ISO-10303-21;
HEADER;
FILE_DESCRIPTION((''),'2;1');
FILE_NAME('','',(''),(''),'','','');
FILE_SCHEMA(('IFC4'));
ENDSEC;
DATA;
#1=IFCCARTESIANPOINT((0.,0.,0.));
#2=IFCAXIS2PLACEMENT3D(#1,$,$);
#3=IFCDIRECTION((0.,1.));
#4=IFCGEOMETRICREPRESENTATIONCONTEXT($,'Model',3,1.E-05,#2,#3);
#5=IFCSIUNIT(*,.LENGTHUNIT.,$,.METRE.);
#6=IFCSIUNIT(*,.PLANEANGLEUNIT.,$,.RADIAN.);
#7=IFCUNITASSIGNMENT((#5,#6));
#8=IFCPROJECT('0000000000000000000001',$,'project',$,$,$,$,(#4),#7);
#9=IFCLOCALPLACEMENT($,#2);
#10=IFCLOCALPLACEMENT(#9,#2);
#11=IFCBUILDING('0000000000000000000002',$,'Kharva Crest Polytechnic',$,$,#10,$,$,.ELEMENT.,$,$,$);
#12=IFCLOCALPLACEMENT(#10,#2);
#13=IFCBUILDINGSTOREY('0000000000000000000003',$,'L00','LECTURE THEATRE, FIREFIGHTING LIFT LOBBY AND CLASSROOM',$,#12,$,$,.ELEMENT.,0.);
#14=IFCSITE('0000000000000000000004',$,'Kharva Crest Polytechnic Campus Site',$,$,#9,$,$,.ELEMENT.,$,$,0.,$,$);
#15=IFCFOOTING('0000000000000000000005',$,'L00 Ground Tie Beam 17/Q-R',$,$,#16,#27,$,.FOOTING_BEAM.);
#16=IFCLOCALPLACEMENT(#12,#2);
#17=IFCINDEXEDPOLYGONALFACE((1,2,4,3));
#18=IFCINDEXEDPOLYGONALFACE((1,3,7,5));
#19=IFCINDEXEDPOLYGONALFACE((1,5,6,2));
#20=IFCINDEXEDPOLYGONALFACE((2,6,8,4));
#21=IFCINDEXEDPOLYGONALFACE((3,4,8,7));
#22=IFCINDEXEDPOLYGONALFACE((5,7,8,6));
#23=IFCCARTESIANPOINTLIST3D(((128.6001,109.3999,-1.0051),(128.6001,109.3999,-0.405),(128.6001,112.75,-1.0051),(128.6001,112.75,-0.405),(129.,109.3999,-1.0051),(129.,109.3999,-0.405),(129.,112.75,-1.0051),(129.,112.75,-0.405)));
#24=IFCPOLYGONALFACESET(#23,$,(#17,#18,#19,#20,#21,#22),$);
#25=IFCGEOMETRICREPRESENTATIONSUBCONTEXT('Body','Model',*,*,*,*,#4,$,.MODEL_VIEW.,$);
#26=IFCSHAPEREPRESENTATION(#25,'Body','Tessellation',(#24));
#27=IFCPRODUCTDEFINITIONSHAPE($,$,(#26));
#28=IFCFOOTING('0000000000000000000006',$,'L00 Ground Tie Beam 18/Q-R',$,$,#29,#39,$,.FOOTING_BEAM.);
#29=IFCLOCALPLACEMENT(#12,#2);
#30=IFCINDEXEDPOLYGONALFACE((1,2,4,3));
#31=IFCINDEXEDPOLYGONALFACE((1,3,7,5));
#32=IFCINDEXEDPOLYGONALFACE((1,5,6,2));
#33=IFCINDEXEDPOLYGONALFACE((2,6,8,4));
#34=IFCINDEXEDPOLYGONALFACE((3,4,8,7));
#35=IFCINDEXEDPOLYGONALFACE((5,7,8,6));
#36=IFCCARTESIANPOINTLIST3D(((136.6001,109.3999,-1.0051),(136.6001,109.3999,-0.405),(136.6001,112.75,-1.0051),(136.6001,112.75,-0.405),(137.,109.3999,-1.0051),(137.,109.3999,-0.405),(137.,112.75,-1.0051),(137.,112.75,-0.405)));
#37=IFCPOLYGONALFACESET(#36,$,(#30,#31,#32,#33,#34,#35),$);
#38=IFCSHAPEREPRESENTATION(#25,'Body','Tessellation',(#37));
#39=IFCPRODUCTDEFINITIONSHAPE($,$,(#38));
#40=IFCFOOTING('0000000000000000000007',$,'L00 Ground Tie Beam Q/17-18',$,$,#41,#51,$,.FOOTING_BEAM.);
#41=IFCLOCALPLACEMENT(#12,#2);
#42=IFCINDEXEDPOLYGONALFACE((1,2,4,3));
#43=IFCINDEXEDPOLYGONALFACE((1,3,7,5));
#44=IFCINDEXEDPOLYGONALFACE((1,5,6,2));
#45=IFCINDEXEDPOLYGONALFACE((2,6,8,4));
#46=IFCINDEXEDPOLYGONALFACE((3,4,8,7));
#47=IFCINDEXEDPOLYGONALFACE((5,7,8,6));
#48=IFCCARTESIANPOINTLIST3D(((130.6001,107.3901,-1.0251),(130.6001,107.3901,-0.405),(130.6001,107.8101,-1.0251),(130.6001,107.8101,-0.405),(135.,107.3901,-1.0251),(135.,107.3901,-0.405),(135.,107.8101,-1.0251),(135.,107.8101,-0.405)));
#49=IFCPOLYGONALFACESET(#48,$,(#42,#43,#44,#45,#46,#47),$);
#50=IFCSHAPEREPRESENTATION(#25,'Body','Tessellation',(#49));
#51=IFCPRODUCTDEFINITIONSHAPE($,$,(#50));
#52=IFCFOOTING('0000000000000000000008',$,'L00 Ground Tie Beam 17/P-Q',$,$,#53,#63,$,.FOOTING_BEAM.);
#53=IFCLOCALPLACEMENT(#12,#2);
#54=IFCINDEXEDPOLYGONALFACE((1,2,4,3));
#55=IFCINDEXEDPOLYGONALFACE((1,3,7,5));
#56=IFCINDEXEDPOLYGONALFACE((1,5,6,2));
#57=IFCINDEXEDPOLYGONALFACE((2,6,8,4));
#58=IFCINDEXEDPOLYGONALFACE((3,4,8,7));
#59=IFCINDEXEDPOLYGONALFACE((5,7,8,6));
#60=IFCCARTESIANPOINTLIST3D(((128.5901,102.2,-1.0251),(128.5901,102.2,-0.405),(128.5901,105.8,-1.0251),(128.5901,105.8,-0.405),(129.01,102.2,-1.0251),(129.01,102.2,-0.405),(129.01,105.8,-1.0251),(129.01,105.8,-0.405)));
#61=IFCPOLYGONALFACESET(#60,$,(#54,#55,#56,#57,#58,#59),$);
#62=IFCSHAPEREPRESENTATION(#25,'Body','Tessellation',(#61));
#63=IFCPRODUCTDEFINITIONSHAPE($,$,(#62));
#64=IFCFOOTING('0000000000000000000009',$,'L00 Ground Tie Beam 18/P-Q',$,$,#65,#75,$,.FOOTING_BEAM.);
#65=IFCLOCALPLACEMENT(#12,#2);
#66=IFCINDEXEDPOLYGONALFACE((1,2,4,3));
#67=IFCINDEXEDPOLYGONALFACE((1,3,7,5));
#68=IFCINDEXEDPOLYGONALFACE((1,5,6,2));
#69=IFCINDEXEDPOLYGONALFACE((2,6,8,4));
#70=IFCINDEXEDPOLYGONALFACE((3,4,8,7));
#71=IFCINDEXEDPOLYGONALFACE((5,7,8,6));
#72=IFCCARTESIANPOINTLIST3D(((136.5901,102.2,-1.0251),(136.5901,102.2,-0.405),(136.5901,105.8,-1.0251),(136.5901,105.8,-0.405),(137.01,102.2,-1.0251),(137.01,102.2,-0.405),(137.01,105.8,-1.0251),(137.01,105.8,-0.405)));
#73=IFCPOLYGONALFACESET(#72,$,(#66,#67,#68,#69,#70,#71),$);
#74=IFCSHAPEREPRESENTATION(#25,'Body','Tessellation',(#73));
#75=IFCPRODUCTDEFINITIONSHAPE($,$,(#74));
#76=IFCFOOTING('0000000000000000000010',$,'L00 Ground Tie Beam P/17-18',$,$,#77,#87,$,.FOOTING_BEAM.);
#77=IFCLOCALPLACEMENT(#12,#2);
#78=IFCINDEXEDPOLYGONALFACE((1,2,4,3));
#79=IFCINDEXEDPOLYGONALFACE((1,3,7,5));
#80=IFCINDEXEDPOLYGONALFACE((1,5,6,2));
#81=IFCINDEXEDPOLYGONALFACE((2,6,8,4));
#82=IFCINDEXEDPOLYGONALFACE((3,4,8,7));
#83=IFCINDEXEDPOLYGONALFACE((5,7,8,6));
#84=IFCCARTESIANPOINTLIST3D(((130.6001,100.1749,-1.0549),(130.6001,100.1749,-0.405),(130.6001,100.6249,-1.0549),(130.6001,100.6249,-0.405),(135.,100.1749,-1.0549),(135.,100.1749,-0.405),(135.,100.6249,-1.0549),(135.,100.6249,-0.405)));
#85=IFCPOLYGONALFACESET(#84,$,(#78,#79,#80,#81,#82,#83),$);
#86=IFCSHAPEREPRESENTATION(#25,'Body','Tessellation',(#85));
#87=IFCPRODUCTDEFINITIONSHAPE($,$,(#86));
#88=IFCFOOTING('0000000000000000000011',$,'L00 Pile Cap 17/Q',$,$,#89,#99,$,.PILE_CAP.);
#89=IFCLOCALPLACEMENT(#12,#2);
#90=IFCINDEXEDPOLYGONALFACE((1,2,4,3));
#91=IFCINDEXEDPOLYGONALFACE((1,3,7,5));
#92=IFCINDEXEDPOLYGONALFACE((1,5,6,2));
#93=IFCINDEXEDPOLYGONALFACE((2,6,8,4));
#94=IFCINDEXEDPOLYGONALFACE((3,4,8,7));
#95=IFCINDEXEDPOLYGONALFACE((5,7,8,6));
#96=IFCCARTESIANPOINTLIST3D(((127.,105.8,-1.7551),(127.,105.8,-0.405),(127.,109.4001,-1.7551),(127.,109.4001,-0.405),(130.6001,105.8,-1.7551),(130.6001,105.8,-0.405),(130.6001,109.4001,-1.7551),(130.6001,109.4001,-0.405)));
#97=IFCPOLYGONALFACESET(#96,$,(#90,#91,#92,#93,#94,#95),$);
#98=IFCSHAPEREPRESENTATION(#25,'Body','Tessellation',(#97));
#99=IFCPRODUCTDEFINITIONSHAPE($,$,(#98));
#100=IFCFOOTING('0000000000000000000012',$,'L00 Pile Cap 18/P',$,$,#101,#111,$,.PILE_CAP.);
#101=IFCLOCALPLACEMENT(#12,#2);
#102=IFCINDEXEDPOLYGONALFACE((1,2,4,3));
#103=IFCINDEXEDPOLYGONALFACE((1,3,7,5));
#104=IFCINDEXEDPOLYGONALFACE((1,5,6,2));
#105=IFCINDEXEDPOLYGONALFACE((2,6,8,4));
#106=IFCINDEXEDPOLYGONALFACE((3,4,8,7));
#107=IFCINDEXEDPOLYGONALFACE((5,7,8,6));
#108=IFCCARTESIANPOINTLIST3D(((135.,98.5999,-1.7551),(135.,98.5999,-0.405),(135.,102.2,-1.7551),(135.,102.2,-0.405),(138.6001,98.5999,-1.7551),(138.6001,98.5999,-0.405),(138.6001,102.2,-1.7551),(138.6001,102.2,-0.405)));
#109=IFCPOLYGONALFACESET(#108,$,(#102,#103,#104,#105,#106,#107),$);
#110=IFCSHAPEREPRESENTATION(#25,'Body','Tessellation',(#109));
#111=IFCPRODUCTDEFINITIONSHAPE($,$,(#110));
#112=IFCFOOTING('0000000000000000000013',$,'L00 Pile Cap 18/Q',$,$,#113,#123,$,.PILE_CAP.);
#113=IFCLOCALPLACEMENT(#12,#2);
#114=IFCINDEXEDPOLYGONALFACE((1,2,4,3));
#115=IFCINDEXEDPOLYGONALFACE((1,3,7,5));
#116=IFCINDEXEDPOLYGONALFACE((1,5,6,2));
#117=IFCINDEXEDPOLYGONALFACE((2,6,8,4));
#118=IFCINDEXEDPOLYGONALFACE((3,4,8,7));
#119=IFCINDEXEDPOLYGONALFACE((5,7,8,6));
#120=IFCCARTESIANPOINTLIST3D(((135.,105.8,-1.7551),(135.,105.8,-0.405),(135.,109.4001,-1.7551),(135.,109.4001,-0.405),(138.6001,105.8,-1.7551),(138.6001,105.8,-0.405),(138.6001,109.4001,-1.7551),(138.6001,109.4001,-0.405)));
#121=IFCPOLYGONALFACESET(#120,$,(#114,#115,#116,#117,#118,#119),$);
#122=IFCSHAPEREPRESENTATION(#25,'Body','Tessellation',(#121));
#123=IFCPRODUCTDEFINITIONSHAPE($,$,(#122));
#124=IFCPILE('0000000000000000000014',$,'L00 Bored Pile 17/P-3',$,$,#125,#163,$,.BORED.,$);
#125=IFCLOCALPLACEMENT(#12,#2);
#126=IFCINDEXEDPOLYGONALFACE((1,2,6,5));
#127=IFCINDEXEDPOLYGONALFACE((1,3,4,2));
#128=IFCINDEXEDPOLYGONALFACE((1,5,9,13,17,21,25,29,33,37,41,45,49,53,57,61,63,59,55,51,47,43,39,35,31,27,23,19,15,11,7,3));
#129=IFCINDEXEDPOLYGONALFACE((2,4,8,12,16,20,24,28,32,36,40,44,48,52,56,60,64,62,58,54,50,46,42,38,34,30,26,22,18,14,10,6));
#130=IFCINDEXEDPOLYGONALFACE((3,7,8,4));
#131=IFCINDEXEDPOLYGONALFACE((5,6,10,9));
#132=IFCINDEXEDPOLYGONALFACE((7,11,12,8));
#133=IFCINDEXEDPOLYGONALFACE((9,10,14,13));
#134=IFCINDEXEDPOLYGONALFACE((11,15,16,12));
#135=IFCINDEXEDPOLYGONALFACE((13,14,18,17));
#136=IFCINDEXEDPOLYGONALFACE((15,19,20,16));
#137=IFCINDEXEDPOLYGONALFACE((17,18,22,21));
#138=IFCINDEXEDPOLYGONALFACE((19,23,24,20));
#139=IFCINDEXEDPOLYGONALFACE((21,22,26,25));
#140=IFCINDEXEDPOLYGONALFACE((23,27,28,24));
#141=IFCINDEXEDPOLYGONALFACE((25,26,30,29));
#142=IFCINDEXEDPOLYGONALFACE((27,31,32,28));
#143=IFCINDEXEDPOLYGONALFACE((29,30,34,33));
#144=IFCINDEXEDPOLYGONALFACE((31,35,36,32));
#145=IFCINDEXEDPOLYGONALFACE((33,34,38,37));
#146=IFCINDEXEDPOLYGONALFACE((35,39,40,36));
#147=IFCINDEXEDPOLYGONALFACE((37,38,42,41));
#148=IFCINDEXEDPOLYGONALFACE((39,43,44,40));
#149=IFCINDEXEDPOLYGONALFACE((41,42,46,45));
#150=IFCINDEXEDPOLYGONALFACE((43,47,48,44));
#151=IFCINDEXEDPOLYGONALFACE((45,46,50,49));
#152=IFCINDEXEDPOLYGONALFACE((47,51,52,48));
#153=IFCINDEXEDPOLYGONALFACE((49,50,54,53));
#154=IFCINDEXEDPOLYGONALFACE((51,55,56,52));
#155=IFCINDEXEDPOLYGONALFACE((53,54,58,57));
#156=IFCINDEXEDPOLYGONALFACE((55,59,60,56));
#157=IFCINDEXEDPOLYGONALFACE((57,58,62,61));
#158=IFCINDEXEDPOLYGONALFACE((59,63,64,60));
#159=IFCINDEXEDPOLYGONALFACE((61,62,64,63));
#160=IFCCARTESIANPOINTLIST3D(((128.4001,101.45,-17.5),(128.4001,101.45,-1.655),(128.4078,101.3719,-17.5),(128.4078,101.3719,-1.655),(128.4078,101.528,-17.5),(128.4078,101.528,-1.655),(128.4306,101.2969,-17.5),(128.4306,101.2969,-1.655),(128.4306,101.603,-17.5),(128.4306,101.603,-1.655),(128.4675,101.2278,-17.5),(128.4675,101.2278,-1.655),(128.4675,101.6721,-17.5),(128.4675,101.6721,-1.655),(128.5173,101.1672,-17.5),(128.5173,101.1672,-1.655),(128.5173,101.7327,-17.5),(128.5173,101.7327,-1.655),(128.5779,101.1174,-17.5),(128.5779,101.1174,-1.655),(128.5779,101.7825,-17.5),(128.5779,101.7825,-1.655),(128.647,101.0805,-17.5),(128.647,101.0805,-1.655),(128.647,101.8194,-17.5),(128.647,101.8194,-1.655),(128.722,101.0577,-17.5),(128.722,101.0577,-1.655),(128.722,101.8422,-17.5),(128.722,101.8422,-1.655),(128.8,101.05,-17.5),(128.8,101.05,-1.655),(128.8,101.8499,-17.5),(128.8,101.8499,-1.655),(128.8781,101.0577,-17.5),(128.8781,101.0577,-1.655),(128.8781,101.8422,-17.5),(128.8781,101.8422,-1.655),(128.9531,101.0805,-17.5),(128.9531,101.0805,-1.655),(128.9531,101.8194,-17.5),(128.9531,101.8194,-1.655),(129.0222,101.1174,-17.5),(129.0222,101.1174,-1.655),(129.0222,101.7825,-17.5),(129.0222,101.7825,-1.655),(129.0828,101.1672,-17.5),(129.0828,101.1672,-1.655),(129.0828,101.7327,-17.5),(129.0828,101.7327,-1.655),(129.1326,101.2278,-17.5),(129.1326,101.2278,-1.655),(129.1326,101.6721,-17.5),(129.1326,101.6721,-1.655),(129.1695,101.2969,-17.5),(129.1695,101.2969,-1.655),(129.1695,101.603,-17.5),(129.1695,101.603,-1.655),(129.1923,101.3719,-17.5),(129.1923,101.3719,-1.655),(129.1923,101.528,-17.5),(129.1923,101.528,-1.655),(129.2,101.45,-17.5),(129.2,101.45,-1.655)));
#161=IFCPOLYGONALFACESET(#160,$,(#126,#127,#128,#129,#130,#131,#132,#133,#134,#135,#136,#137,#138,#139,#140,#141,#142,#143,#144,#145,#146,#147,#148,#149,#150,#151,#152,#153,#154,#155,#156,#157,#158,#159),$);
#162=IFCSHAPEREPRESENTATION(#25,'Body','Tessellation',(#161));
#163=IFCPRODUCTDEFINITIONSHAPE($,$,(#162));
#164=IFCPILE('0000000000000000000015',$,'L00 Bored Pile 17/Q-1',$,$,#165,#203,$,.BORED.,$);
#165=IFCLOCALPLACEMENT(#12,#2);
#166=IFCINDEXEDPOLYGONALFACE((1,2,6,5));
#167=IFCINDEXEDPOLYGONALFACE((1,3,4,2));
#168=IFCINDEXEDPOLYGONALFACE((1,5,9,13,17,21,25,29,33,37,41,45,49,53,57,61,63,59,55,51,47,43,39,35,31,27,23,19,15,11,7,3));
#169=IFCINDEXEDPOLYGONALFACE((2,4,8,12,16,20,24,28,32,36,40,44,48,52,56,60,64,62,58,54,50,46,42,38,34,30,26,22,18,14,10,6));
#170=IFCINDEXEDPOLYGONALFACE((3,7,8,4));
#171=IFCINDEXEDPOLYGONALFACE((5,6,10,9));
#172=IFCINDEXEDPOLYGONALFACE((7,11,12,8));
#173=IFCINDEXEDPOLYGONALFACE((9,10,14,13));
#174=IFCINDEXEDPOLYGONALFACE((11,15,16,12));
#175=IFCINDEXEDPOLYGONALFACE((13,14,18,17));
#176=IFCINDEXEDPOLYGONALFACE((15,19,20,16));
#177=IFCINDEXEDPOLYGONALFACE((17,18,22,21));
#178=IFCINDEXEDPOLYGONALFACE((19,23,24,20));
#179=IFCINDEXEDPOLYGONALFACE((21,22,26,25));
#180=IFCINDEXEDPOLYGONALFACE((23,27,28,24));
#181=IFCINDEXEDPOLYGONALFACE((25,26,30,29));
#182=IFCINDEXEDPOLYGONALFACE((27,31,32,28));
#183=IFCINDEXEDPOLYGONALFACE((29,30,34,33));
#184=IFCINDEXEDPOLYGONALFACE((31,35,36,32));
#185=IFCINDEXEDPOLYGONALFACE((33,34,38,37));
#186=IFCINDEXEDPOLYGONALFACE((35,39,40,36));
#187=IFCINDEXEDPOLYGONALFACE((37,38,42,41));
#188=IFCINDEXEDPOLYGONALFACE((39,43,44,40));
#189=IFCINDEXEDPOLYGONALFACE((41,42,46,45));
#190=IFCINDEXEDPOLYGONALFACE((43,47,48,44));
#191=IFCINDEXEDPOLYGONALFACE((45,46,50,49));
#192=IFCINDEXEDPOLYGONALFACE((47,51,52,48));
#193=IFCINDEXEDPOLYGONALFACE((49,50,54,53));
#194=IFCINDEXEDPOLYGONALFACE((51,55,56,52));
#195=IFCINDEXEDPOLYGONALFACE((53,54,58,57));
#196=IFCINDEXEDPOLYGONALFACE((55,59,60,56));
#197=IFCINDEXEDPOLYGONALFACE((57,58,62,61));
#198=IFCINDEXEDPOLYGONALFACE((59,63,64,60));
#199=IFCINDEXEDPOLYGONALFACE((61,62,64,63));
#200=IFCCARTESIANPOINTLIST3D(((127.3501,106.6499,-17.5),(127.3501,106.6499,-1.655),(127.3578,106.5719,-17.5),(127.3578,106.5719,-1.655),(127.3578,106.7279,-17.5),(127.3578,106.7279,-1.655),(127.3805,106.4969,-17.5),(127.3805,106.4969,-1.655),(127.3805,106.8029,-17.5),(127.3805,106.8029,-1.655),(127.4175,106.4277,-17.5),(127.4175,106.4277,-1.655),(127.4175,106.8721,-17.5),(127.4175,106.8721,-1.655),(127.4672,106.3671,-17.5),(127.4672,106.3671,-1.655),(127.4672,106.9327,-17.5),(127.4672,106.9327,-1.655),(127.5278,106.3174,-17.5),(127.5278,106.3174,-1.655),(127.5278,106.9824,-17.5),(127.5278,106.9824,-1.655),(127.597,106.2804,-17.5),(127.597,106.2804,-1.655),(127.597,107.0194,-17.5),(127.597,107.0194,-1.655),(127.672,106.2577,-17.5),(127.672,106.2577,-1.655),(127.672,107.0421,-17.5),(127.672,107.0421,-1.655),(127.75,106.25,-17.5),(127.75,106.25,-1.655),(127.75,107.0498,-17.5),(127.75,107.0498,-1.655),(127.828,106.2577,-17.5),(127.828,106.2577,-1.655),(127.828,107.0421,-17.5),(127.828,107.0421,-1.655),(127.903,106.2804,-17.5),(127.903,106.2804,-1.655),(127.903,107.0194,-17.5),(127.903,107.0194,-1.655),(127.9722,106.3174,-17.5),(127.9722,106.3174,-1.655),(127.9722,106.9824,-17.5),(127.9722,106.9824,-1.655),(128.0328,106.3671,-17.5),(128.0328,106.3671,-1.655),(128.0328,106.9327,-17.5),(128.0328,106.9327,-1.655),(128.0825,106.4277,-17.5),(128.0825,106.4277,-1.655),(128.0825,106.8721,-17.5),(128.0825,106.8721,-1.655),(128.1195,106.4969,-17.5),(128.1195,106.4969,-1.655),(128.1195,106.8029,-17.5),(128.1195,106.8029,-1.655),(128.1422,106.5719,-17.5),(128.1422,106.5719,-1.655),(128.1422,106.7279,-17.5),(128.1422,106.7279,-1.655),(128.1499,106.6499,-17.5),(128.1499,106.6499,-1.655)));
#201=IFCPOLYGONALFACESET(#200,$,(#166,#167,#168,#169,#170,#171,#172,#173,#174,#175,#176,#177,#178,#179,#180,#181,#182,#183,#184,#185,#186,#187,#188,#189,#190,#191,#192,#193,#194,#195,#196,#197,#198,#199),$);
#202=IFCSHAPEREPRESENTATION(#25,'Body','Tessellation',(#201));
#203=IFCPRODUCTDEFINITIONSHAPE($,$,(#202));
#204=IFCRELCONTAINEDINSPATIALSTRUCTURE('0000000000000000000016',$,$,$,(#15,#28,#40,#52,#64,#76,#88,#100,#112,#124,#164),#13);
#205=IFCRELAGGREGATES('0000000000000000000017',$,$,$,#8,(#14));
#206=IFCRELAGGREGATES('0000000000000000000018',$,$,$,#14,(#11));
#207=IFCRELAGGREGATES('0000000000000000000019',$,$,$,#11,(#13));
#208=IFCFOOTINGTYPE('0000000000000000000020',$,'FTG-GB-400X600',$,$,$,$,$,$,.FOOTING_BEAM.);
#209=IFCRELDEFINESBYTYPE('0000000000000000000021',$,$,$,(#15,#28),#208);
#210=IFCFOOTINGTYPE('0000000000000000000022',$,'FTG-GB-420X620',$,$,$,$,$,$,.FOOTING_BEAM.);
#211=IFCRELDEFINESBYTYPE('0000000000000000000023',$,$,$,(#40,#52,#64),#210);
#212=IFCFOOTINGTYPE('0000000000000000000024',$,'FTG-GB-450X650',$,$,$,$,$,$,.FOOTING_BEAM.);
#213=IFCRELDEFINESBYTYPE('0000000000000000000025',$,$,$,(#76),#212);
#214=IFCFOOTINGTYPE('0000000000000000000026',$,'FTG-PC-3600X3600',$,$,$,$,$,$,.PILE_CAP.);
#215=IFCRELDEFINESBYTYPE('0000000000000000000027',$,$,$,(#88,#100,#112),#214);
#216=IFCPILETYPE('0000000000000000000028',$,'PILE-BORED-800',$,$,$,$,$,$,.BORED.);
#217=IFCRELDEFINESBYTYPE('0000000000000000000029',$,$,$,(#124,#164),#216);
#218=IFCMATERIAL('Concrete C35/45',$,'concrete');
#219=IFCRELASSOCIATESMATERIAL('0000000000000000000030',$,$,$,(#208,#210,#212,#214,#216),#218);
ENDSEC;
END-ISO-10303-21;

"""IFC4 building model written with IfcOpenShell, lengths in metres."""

from ifc_helpers import new_model, si_unit, direction, frame, origin, origin_2d, place, context, subcontext, project, spatial, rectangle, circle, extrude, material, material_profile, profile_set, type_object, element, save


model = new_model("IFC4")

# Units and contexts
model_context = context("Model", 3, precision=1e-05, world=origin(), true_north=direction((0.0, 1.0)))
body_context = subcontext(model_context, "Body", "Model", "MODEL_VIEW")
ifc_project = project(units=[si_unit("LENGTHUNIT", "METRE"), si_unit("PLANEANGLEUNIT", "RADIAN")], contexts=[model_context])

# Site, building, storey
site_placement = place(None, origin())
site = spatial("IfcSite", under=ifc_project, at=site_placement, Name="Kharva Crest Polytechnic Campus Site", CompositionType="ELEMENT", RefElevation=0.0)
building_placement = place(site_placement, origin())
building = spatial("IfcBuilding", under=site, at=building_placement, Name="Kharva Crest Polytechnic", CompositionType="ELEMENT")
storey_placement = place(building_placement, origin())
storey = spatial("IfcBuildingStorey", under=building, at=storey_placement, Name="L00", Description="LECTURE THEATRE, FIREFIGHTING LIFT LOBBY AND CLASSROOM", CompositionType="ELEMENT", Elevation=0.0)

# Footings
ifc_material_1 = material(Name="Concrete C35/45", Category="concrete")
footing_type_1 = type_object("IfcFootingType", Name="FTG-GB-400X600", PredefinedType="FOOTING_BEAM", material=ifc_material_1)
for number, where, z_axis, x_axis, name in (
    (1, (128.8, 111.075, -1.0051), (0.0, 0.0, 1.0), (0.0, 1.0, 0.0), "L00 Ground Tie Beam 17/Q-R"),
    (2, (136.8, 111.075, -1.0051), (0.0, 0.0, 1.0), (0.0, 1.0, 0.0), "L00 Ground Tie Beam 18/Q-R"),
):
    element("IfcFooting", number, at=place(storey_placement, frame(where, z_axis=z_axis, x_axis=x_axis)), inside=storey, type_object=footing_type_1, Name=name, PredefinedType="FOOTING_BEAM", context=body_context, shape_type="SweptSolid", body=[
        extrude(rectangle(XDim=3.3501, YDim=0.3999, at=origin_2d()), origin(), (0.0, 0.0, 1.0), 0.6001),
    ])
footing_type_2 = type_object("IfcFootingType", Name="FTG-GB-420X620", PredefinedType="FOOTING_BEAM", material=ifc_material_1)
footing_1_placement = place(storey_placement, frame((132.8, 107.6001, -1.0251), z_axis=(0.0, 0.0, 1.0), x_axis=(1.0, 0.0, 0.0)))
element("IfcFooting", 3, at=footing_1_placement, inside=storey, type_object=footing_type_2, Name="L00 Ground Tie Beam Q/17-18", PredefinedType="FOOTING_BEAM", context=body_context, shape_type="SweptSolid", body=[
    extrude(rectangle(XDim=4.3999, YDim=0.4199, at=origin_2d()), origin(), (0.0, 0.0, 1.0), 0.6201),
])
for number, where, z_axis, x_axis, name in (
    (4, (128.8, 104.0, -1.0251), (0.0, 0.0, 1.0), (0.0, 1.0, 0.0), "L00 Ground Tie Beam 17/P-Q"),
    (5, (136.8, 104.0, -1.0251), (0.0, 0.0, 1.0), (0.0, 1.0, 0.0), "L00 Ground Tie Beam 18/P-Q"),
):
    element("IfcFooting", number, at=place(storey_placement, frame(where, z_axis=z_axis, x_axis=x_axis)), inside=storey, type_object=footing_type_2, Name=name, PredefinedType="FOOTING_BEAM", context=body_context, shape_type="SweptSolid", body=[
        extrude(rectangle(XDim=3.6001, YDim=0.4199, at=origin_2d()), origin(), (0.0, 0.0, 1.0), 0.6201),
    ])
footing_type_3 = type_object("IfcFootingType", Name="FTG-GB-450X650", PredefinedType="FOOTING_BEAM", material=ifc_material_1)
footing_2_placement = place(storey_placement, frame((132.8, 100.3999, -1.0549), z_axis=(0.0, 0.0, 1.0), x_axis=(1.0, 0.0, 0.0)))
element("IfcFooting", 6, at=footing_2_placement, inside=storey, type_object=footing_type_3, Name="L00 Ground Tie Beam P/17-18", PredefinedType="FOOTING_BEAM", context=body_context, shape_type="SweptSolid", body=[
    extrude(rectangle(XDim=4.3999, YDim=0.45, at=origin_2d()), origin(), (0.0, 0.0, 1.0), 0.6499),
])
footing_type_4 = type_object("IfcFootingType", Name="FTG-PC-3600X3600", PredefinedType="PILE_CAP", material=ifc_material_1)
for number, where, z_axis, x_axis, name in (
    (7, (128.8, 107.6001, -1.7551), (0.0, 0.0, 1.0), (1.0, 0.0, 0.0), "L00 Pile Cap 17/Q"),
    (8, (136.8, 100.3999, -1.7551), (0.0, 0.0, 1.0), (1.0, 0.0, 0.0), "L00 Pile Cap 18/P"),
    (9, (136.8, 107.6001, -1.7551), (0.0, 0.0, 1.0), (1.0, 0.0, 0.0), "L00 Pile Cap 18/Q"),
):
    element("IfcFooting", number, at=place(storey_placement, frame(where, z_axis=z_axis, x_axis=x_axis)), inside=storey, type_object=footing_type_4, Name=name, PredefinedType="PILE_CAP", context=body_context, shape_type="SweptSolid", body=[
        extrude(rectangle(XDim=3.6001, YDim=3.6001, at=origin_2d()), origin(), (0.0, 0.0, 1.0), 1.3501),
    ])

# Piles
ifc_material_profile_1 = material_profile(ifc_material_1, circle(Radius=0.3999, at=origin_2d()), Name="DIA 800")
ifc_profile_set_1 = profile_set([ifc_material_profile_1], Name="Concrete C35/45")
pile_type = type_object("IfcPileType", Name="PILE-BORED-800", PredefinedType="BORED", material=ifc_profile_set_1)
for number, where, z_axis, x_axis, name in (
    (10, (128.8, 101.45, -1.655), (0.0, 0.0, -1.0), (1.0, 0.0, 0.0), "L00 Bored Pile 17/P-3"),
    (11, (127.75, 106.6499, -1.655), (0.0, 0.0, -1.0), (1.0, 0.0, 0.0), "L00 Bored Pile 17/Q-1"),
):
    element("IfcPile", number, at=place(storey_placement, frame(where, z_axis=z_axis, x_axis=x_axis)), inside=storey, type_object=pile_type, Name=name, PredefinedType="BORED", context=body_context, shape_type="SweptSolid", body=[
        extrude(circle(Radius=0.3999, at=origin_2d()), origin(), (0.0, 0.0, 1.0), 15.845),
    ])

save(model, "model.ifc")
